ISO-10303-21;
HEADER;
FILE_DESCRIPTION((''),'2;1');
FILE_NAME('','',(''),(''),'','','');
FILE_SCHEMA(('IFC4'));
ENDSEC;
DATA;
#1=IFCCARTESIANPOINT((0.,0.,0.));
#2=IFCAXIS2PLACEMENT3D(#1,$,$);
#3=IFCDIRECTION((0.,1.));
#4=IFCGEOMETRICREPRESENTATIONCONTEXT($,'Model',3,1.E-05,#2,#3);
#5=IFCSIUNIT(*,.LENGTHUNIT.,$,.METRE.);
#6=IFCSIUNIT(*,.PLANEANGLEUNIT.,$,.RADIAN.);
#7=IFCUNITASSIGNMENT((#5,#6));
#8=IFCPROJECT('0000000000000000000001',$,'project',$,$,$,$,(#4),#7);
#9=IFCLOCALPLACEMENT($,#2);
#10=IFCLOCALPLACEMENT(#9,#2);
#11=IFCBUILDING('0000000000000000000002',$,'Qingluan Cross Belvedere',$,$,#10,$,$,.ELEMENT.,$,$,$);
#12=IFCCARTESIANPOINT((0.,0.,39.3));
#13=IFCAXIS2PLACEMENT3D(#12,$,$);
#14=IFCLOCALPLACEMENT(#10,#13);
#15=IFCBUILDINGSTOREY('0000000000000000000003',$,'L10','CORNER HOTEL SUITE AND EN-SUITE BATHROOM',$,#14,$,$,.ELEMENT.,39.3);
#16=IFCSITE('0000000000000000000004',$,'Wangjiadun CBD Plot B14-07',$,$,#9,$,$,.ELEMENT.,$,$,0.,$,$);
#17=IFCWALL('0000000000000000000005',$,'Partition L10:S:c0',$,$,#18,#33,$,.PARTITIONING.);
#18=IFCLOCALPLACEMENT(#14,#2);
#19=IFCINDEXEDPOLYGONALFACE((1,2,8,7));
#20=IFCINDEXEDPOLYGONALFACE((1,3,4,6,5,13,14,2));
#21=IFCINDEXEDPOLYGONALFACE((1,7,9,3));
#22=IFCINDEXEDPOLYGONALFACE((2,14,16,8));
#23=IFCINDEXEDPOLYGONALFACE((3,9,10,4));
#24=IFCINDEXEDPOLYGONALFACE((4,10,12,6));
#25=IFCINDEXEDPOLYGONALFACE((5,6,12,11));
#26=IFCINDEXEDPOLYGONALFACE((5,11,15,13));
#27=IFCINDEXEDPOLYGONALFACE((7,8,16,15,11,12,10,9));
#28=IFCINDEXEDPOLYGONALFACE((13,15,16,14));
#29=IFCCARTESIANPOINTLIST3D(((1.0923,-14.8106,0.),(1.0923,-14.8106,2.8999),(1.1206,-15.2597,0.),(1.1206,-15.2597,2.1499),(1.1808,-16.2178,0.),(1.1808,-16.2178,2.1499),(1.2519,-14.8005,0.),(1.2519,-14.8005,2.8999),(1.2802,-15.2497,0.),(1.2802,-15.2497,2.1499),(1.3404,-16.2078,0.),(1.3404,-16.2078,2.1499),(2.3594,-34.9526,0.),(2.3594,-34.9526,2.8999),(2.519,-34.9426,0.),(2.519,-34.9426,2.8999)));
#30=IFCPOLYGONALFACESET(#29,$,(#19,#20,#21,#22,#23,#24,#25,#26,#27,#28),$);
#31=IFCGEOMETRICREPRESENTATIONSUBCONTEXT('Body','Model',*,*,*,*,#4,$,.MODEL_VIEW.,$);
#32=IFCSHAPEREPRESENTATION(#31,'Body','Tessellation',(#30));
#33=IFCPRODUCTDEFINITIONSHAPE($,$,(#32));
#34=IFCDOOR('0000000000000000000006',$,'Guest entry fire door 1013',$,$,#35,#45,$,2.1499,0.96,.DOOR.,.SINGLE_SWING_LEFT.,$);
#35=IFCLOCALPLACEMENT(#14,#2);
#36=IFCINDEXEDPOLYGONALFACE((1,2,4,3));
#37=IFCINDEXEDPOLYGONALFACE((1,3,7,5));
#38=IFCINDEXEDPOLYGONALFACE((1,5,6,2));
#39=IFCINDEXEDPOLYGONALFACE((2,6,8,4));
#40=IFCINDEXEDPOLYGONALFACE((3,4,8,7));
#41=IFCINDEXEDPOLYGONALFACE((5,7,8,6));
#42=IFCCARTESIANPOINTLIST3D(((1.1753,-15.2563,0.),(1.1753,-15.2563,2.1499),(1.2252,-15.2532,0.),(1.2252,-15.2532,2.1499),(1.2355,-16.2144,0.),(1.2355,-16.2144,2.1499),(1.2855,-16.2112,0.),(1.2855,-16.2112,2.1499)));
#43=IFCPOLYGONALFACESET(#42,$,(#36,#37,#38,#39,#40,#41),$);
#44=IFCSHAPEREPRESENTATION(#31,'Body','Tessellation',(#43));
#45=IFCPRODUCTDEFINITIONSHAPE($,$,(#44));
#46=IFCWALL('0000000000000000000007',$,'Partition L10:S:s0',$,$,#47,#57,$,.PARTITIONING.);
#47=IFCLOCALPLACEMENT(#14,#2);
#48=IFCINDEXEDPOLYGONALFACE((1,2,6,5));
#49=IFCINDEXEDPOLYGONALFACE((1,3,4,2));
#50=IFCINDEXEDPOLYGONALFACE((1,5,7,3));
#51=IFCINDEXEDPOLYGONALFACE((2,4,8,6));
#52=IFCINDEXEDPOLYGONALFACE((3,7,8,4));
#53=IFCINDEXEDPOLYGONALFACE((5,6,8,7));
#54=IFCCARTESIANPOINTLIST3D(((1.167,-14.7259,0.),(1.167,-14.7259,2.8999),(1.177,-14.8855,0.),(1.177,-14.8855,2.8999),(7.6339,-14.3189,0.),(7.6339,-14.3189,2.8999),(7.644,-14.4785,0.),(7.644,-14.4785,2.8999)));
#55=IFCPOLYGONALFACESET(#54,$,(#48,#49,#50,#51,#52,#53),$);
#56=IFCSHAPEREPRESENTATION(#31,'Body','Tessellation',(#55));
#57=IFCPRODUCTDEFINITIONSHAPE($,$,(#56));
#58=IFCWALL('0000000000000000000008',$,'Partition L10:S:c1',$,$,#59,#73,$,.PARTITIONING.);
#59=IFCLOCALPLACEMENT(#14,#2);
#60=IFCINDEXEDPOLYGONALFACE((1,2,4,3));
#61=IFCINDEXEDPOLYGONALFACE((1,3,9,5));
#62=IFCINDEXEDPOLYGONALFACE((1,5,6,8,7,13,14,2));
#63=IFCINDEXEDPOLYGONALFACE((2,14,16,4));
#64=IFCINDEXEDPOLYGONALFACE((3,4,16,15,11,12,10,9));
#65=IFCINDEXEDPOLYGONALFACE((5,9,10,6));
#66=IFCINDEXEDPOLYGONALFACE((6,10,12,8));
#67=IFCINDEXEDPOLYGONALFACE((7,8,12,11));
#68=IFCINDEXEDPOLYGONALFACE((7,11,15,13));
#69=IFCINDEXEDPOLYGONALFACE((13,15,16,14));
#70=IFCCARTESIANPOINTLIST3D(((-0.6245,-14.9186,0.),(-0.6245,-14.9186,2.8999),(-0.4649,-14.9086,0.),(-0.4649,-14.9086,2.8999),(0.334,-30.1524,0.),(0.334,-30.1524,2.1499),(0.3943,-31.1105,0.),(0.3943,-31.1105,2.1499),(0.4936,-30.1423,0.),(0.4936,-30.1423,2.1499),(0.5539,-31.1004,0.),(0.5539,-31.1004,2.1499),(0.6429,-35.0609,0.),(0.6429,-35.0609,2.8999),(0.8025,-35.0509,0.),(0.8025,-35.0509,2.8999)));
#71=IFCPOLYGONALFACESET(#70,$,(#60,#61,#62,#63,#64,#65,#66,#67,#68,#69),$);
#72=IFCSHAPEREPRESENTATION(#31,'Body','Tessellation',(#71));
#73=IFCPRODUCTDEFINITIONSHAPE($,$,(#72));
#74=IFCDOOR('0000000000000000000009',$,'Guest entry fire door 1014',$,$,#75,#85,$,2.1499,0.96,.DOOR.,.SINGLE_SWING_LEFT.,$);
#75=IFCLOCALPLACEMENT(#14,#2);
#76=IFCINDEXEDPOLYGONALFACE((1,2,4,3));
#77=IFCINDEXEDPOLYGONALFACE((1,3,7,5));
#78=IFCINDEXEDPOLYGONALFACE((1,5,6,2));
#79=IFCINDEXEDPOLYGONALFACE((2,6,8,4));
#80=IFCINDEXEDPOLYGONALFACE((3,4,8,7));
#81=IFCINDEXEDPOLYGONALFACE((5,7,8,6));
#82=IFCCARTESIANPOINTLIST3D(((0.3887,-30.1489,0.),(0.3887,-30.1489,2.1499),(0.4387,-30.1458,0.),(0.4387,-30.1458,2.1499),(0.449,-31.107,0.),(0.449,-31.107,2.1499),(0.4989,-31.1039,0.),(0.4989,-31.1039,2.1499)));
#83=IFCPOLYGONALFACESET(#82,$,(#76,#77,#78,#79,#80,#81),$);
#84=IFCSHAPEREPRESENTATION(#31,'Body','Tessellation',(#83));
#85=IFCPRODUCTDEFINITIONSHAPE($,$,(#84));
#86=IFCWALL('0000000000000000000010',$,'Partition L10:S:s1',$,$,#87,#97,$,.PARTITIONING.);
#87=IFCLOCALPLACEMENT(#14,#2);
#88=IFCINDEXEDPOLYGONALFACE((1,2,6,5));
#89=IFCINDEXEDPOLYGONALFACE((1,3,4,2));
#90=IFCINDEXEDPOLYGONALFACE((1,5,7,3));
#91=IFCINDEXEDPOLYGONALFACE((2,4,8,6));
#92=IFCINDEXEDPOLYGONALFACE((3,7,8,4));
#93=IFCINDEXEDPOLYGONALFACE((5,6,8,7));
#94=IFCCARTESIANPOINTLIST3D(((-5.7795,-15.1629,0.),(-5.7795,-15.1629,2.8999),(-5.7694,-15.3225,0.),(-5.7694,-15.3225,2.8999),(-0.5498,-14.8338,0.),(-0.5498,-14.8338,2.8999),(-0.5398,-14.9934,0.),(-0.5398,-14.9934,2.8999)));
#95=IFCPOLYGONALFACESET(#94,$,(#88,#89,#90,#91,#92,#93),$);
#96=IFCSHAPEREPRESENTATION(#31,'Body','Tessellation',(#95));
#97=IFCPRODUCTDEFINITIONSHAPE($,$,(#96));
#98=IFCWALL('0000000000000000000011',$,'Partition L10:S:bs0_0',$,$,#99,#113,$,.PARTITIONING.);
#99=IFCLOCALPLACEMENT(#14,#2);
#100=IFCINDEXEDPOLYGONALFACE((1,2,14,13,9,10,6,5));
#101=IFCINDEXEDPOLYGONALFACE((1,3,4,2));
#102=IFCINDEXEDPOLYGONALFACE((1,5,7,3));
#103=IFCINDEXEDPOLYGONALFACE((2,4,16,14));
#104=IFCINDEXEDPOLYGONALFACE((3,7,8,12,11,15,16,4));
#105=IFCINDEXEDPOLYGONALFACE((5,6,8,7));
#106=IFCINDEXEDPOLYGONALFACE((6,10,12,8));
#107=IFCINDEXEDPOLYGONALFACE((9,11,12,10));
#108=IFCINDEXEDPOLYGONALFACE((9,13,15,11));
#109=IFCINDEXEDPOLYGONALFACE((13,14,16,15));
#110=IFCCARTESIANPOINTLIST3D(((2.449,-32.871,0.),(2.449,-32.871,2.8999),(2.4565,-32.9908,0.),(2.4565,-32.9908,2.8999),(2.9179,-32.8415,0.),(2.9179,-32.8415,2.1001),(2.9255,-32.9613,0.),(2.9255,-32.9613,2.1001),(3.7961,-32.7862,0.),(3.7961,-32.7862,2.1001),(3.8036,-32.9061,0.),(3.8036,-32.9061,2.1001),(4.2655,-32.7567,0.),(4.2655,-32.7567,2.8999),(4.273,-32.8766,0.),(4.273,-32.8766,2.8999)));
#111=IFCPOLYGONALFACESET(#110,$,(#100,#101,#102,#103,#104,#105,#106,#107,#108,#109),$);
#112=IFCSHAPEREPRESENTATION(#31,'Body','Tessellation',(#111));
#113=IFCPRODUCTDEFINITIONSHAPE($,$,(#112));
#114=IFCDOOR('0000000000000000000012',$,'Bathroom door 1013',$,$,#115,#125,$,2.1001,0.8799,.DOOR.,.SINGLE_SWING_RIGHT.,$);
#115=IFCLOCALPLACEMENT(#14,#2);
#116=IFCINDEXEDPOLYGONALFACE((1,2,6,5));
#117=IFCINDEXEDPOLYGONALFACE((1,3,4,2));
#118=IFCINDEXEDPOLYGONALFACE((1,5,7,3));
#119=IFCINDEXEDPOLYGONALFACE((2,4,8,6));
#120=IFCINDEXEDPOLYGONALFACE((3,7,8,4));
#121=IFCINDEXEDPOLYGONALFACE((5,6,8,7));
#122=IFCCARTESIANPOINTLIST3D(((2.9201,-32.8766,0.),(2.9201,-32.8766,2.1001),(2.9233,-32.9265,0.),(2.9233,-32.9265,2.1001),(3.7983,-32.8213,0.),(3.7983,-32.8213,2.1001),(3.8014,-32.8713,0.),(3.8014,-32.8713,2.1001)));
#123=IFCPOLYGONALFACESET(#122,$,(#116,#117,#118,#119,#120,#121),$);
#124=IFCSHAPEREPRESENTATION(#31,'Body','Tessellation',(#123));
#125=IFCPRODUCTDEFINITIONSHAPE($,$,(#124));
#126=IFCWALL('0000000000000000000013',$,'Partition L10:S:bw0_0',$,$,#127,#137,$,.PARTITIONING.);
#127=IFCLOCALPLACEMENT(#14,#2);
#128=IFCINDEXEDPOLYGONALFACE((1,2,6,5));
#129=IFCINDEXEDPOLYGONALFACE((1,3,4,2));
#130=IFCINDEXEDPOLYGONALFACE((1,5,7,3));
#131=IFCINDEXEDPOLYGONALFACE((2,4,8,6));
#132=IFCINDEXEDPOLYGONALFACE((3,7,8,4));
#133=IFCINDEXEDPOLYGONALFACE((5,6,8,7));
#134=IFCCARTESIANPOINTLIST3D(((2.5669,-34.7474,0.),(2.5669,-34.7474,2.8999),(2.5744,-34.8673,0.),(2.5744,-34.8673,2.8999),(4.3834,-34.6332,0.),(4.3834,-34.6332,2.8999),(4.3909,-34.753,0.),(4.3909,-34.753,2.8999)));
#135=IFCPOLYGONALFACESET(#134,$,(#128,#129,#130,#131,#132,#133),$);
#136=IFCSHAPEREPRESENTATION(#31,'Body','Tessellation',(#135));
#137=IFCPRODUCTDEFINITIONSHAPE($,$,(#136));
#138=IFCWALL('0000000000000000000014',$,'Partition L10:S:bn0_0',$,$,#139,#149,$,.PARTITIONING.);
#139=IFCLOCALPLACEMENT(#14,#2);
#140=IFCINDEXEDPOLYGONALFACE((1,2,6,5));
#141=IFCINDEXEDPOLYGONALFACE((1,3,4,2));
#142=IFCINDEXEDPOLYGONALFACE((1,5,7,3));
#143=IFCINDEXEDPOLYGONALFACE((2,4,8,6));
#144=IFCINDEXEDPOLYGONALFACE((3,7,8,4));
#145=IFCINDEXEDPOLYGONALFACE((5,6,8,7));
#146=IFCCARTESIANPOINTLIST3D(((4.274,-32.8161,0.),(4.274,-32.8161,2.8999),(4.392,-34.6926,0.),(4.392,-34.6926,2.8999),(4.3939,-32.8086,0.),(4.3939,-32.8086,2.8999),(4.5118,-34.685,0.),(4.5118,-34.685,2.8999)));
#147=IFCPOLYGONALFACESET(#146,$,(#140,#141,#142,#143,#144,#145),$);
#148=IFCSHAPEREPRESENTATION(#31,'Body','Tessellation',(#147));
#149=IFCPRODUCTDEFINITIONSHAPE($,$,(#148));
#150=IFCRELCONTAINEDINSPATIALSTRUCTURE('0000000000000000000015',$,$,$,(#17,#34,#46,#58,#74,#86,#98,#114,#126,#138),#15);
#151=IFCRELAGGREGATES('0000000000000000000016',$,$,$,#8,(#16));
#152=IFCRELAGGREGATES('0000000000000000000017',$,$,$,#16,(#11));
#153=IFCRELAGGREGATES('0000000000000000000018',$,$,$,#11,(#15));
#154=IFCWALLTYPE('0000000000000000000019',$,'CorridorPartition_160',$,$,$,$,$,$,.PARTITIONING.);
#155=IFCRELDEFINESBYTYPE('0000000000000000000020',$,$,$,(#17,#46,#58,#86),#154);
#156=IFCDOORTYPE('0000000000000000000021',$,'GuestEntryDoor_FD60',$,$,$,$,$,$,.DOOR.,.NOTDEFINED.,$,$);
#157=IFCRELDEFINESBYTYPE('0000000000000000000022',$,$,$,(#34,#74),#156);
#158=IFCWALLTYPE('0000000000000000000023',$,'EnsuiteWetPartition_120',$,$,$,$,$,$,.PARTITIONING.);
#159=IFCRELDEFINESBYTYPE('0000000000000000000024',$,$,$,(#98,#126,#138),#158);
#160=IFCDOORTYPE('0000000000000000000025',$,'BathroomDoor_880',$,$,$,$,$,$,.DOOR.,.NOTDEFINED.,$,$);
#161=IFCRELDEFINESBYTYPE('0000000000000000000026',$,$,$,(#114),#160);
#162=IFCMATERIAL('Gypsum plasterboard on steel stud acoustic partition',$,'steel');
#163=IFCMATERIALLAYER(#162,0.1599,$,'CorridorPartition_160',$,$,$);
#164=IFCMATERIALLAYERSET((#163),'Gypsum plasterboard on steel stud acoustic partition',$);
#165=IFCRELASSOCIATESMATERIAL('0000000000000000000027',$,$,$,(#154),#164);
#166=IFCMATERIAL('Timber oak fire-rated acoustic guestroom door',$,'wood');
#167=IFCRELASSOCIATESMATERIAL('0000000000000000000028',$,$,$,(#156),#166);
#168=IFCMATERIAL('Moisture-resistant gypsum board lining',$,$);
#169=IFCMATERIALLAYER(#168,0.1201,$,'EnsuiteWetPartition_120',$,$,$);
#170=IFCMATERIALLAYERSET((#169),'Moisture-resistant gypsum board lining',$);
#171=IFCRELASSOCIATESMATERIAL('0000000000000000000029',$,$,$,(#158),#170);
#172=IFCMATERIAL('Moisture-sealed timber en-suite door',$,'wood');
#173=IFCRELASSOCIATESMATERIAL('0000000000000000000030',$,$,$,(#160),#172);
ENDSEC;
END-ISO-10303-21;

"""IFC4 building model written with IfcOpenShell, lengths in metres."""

from ifc_helpers import new_model, si_unit, direction, frame, frame_2d, origin, place, context, subcontext, project, spatial, rectangle, extrude, material, layer, layer_set, type_object, element, fill, save


model = new_model("IFC4")

# Units and contexts
model_context = context("Model", 3, precision=1e-05, world=origin(), true_north=direction((0.0, 1.0)))
body_context = subcontext(model_context, "Body", "Model", "MODEL_VIEW")
ifc_project = project(units=[si_unit("LENGTHUNIT", "METRE"), si_unit("PLANEANGLEUNIT", "RADIAN")], contexts=[model_context])

# Site, building, storey
site_placement = place(None, origin())
site = spatial("IfcSite", under=ifc_project, at=site_placement, Name="Wangjiadun CBD Plot B14-07", CompositionType="ELEMENT", RefElevation=0.0)
building_placement = place(site_placement, origin())
building = spatial("IfcBuilding", under=site, at=building_placement, Name="Qingluan Cross Belvedere", CompositionType="ELEMENT")
storey_placement = place(building_placement, frame((0.0, 0.0, 39.3)))
storey = spatial("IfcBuildingStorey", under=building, at=storey_placement, Name="L10", Description="CORNER HOTEL SUITE AND EN-SUITE BATHROOM", CompositionType="ELEMENT", Elevation=39.3)

# Wall, opening, door
ifc_material_1 = material(Name="Gypsum plasterboard on steel stud acoustic partition", Category="steel")
ifc_layer_1 = layer(ifc_material_1, 0.1599, Name="CorridorPartition_160")
ifc_layer_set_1 = layer_set([ifc_layer_1], Name="Gypsum plasterboard on steel stud acoustic partition")
wall_type_1 = type_object("IfcWallType", Name="CorridorPartition_160", PredefinedType="PARTITIONING", material=ifc_layer_set_1)
wall_1_placement = place(storey_placement, frame((1.1721, -14.8057, 0.0), z_axis=(0.0, 0.0, 1.0), x_axis=(0.062783, -0.998027, 0.0)))
wall_1 = element("IfcWall", 1, at=wall_1_placement, inside=storey, type_object=wall_type_1, Name="Partition L10:S:c0", PredefinedType="PARTITIONING", context=body_context, shape_type="SweptSolid", body=[
    extrude(rectangle(XDim=20.1819, YDim=0.1599, at=frame_2d((10.0908, 0.0))), origin(), (0.0, 0.0, 1.0), 2.8999),
])
opening_1_placement = place(wall_1_placement, frame((0.45, 0.0, 0.0)))
opening_1 = element("IfcOpeningElement", 2, at=opening_1_placement, cuts=wall_1, PredefinedType="OPENING", context=body_context, shape_type="SweptSolid", body=[
    extrude(rectangle(XDim=0.96, YDim=2.1499, at=frame_2d((0.48, 1.075))), frame((0.0, 0.0898, 0.0), z_axis=(0.0, -1.0, 0.0), x_axis=(1.0, 0.0, 0.0)), (0.0, 0.0, 1.0), 0.1799),
])
ifc_material_2 = material(Name="Timber oak fire-rated acoustic guestroom door", Category="wood")
door_type_1 = type_object("IfcDoorType", Name="GuestEntryDoor_FD60", OperationType="NOTDEFINED", PredefinedType="DOOR", material=ifc_material_2)
door_1_placement = place(opening_1_placement, origin())
door_1 = element("IfcDoor", 3, at=door_1_placement, inside=storey, type_object=door_type_1, Name="Guest entry fire door 1013", OperationType="SINGLE_SWING_LEFT", OverallHeight=2.1499, OverallWidth=0.96, PredefinedType="DOOR", context=body_context, shape_type="SweptSolid", body=[
    extrude(rectangle(XDim=0.96, YDim=2.1499, at=frame_2d((0.48, 1.075))), frame((0.0, 0.0249, 0.0), z_axis=(0.0, -1.0, 0.0), x_axis=(1.0, 0.0, 0.0)), (0.0, 0.0, 1.0), 0.05),
])
fill(opening_1, door_1)

# Wall
wall_2_placement = place(storey_placement, frame((1.1721, -14.8057, 0.0), z_axis=(0.0, 0.0, 1.0), x_axis=(0.998026, 0.062808, 0.0)))
element("IfcWall", 4, at=wall_2_placement, inside=storey, type_object=wall_type_1, Name="Partition L10:S:s0", PredefinedType="PARTITIONING", context=body_context, shape_type="SweptSolid", body=[
    extrude(rectangle(XDim=6.4797, YDim=0.1599, at=frame_2d((3.2397, 0.0))), origin(), (0.0, 0.0, 1.0), 2.8999),
])

# Wall, opening, door
wall_3_placement = place(storey_placement, frame((-0.5447, -14.9136, 0.0), z_axis=(0.0, 0.0, 1.0), x_axis=(0.062795, -0.998026, 0.0)))
wall_3 = element("IfcWall", 5, at=wall_3_placement, inside=storey, type_object=wall_type_1, Name="Partition L10:S:c1", PredefinedType="PARTITIONING", context=body_context, shape_type="SweptSolid", body=[
    extrude(rectangle(XDim=20.1821, YDim=0.1599, at=frame_2d((10.0911, 0.0))), origin(), (0.0, 0.0, 1.0), 2.8999),
])
opening_2_placement = place(wall_3_placement, frame((15.2639, 0.0, 0.0)))
opening_2 = element("IfcOpeningElement", 6, at=opening_2_placement, cuts=wall_3, PredefinedType="OPENING", context=body_context, shape_type="SweptSolid", body=[
    extrude(rectangle(XDim=0.96, YDim=2.1499, at=frame_2d((0.48, 1.075))), frame((0.0, 0.0898, 0.0), z_axis=(0.0, -1.0, 0.0), x_axis=(1.0, 0.0, 0.0)), (0.0, 0.0, 1.0), 0.1799),
])
door_2_placement = place(opening_2_placement, origin())
door_2 = element("IfcDoor", 7, at=door_2_placement, inside=storey, type_object=door_type_1, Name="Guest entry fire door 1014", OperationType="SINGLE_SWING_LEFT", OverallHeight=2.1499, OverallWidth=0.96, PredefinedType="DOOR", context=body_context, shape_type="SweptSolid", body=[
    extrude(rectangle(XDim=0.96, YDim=2.1499, at=frame_2d((0.48, 1.075))), frame((0.0, 0.0249, 0.0), z_axis=(0.0, -1.0, 0.0), x_axis=(1.0, 0.0, 0.0)), (0.0, 0.0, 1.0), 0.05),
])
fill(opening_2, door_2)

# Wall
wall_4_placement = place(storey_placement, frame((-0.5447, -14.9136, 0.0), z_axis=(0.0, 0.0, 1.0), x_axis=(-0.998026, -0.062805, 0.0)))
element("IfcWall", 8, at=wall_4_placement, inside=storey, type_object=wall_type_1, Name="Partition L10:S:s1", PredefinedType="PARTITIONING", context=body_context, shape_type="SweptSolid", body=[
    extrude(rectangle(XDim=5.24, YDim=0.1599, at=frame_2d((2.6201, 0.0))), origin(), (0.0, 0.0, 1.0), 2.8999),
])

# Wall, opening, door
ifc_material_3 = material(Name="Moisture-resistant gypsum board lining")
ifc_layer_2 = layer(ifc_material_3, 0.1201, Name="EnsuiteWetPartition_120")
ifc_layer_set_2 = layer_set([ifc_layer_2], Name="Moisture-resistant gypsum board lining")
wall_type_2 = type_object("IfcWallType", Name="EnsuiteWetPartition_120", PredefinedType="PARTITIONING", material=ifc_layer_set_2)
wall_5_placement = place(storey_placement, frame((2.4526, -32.9309, 0.0), z_axis=(0.0, 0.0, 1.0), x_axis=(0.998027, 0.062779, 0.0)))
wall_5 = element("IfcWall", 9, at=wall_5_placement, inside=storey, type_object=wall_type_2, Name="Partition L10:S:bs0_0", PredefinedType="PARTITIONING", context=body_context, shape_type="SweptSolid", body=[
    extrude(rectangle(XDim=1.8201, YDim=0.1201, at=frame_2d((0.9102, 0.0))), origin(), (0.0, 0.0, 1.0), 2.8999),
])
opening_3_placement = place(wall_5_placement, frame((0.47, 0.0, 0.0)))
opening_3 = element("IfcOpeningElement", 10, at=opening_3_placement, cuts=wall_5, PredefinedType="OPENING", context=body_context, shape_type="SweptSolid", body=[
    extrude(rectangle(XDim=0.8799, YDim=2.1001, at=frame_2d((0.4399, 1.05))), frame((0.0, 0.0701, 0.0), z_axis=(0.0, -1.0, 0.0), x_axis=(1.0, 0.0, 0.0)), (0.0, 0.0, 1.0), 0.1401),
])
ifc_material_4 = material(Name="Moisture-sealed timber en-suite door", Category="wood")
door_type_2 = type_object("IfcDoorType", Name="BathroomDoor_880", OperationType="NOTDEFINED", PredefinedType="DOOR", material=ifc_material_4)
door_3_placement = place(opening_3_placement, origin())
door_3 = element("IfcDoor", 11, at=door_3_placement, inside=storey, type_object=door_type_2, Name="Bathroom door 1013", OperationType="SINGLE_SWING_RIGHT", OverallHeight=2.1001, OverallWidth=0.8799, PredefinedType="DOOR", context=body_context, shape_type="SweptSolid", body=[
    extrude(rectangle(XDim=0.8799, YDim=2.1001, at=frame_2d((0.4399, 1.05))), frame((0.0, 0.0249, 0.0), z_axis=(0.0, -1.0, 0.0), x_axis=(1.0, 0.0, 0.0)), (0.0, 0.0, 1.0), 0.05),
])
fill(opening_3, door_3)

# Walls
wall_6_placement = place(storey_placement, frame((2.5706, -34.8074, 0.0), z_axis=(0.0, 0.0, 1.0), x_axis=(0.998027, 0.062779, 0.0)))
element("IfcWall", 12, at=wall_6_placement, inside=storey, type_object=wall_type_2, Name="Partition L10:S:bw0_0", PredefinedType="PARTITIONING", context=body_context, shape_type="SweptSolid", body=[
    extrude(rectangle(XDim=1.8201, YDim=0.1201, at=frame_2d((0.9102, 0.0))), origin(), (0.0, 0.0, 1.0), 2.8999),
])
wall_7_placement = place(storey_placement, frame((4.334, -32.8125, 0.0), z_axis=(0.0, 0.0, 1.0), x_axis=(0.062718, -0.998031, 0.0)))
element("IfcWall", 13, at=wall_7_placement, inside=storey, type_object=wall_type_2, Name="Partition L10:S:bn0_0", PredefinedType="PARTITIONING", context=body_context, shape_type="SweptSolid", body=[
    extrude(rectangle(XDim=1.8801, YDim=0.1201, at=frame_2d((0.9399, 0.0))), origin(), (0.0, 0.0, 1.0), 2.8999),
])

save(model, "model.ifc")
